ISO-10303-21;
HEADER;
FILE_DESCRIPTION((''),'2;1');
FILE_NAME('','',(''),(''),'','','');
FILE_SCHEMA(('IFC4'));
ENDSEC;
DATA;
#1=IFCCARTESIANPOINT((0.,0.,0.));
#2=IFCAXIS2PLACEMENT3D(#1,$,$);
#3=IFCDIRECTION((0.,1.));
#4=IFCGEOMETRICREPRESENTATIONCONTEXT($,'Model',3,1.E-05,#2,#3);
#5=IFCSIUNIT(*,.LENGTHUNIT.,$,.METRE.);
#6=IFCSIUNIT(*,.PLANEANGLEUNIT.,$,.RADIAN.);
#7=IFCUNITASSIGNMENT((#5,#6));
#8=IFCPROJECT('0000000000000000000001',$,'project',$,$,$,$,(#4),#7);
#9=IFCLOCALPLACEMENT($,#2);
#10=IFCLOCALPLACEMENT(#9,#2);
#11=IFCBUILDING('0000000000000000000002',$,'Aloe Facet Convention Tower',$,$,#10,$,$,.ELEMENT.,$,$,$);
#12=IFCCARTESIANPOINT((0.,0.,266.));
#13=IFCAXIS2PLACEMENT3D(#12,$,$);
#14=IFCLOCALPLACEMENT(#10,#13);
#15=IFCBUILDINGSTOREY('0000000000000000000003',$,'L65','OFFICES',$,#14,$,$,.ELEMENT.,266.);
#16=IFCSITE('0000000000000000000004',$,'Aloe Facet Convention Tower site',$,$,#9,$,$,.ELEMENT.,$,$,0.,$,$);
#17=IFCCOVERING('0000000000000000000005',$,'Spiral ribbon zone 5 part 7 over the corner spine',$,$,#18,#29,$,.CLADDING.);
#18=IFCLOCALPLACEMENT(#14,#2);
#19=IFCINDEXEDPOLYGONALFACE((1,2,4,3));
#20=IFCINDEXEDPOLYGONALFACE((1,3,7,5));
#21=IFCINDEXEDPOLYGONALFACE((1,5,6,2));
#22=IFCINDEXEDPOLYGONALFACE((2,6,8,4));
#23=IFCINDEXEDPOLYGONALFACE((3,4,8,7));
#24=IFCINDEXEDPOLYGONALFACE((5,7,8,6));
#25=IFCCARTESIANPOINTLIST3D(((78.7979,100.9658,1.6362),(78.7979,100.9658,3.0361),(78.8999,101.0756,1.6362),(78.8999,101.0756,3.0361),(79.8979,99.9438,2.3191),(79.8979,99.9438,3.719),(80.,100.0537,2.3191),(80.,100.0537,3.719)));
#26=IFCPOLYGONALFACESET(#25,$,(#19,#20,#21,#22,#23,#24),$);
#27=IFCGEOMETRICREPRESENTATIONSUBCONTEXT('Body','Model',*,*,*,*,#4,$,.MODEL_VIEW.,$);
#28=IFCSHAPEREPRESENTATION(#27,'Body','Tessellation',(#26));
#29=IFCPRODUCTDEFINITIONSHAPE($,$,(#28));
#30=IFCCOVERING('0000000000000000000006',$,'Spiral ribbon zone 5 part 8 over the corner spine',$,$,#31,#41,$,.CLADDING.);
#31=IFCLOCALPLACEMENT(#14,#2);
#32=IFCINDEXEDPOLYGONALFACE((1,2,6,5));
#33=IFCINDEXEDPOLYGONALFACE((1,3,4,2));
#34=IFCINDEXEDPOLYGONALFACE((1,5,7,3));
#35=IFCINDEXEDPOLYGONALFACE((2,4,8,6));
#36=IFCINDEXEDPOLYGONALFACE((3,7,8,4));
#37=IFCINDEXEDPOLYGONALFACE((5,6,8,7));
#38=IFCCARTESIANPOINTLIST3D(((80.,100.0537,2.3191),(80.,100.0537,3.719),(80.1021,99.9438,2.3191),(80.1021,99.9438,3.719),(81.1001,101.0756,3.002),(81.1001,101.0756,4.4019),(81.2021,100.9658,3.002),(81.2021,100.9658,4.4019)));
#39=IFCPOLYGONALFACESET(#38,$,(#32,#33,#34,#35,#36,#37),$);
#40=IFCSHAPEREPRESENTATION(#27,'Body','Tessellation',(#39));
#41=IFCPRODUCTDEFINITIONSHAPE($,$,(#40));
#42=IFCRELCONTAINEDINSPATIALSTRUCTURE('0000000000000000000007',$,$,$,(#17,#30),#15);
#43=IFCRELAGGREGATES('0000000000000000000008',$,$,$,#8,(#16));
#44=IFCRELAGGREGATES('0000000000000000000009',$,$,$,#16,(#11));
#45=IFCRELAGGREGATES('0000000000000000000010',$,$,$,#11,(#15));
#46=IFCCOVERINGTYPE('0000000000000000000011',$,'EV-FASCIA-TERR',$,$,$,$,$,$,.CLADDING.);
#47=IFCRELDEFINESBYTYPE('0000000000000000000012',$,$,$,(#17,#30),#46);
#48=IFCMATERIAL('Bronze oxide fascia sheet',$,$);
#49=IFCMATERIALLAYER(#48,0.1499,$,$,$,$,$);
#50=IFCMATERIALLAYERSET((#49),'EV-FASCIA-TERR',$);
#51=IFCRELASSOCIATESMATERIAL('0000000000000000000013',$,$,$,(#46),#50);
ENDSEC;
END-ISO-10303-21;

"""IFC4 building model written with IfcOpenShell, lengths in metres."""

from ifc_helpers import new_model, si_unit, direction, frame, origin, place, context, subcontext, project, spatial, polyline, outline, extrude, material, layer, layer_set, type_object, element, save


model = new_model("IFC4")

# Units and contexts
model_context = context("Model", 3, precision=1e-05, world=origin(), true_north=direction((0.0, 1.0)))
body_context = subcontext(model_context, "Body", "Model", "MODEL_VIEW")
ifc_project = project(units=[si_unit("LENGTHUNIT", "METRE"), si_unit("PLANEANGLEUNIT", "RADIAN")], contexts=[model_context])

# Site, building, storey
site_placement = place(None, origin())
site = spatial("IfcSite", under=ifc_project, at=site_placement, Name="Aloe Facet Convention Tower site", CompositionType="ELEMENT", RefElevation=0.0)
building_placement = place(site_placement, origin())
building = spatial("IfcBuilding", under=site, at=building_placement, Name="Aloe Facet Convention Tower", CompositionType="ELEMENT")
storey_placement = place(building_placement, frame((0.0, 0.0, 266.0)))
storey = spatial("IfcBuildingStorey", under=building, at=storey_placement, Name="L65", Description="OFFICES", CompositionType="ELEMENT", Elevation=266.0)

# Coverings
ifc_material_1 = material(Name="Bronze oxide fascia sheet")
ifc_layer_1 = layer(ifc_material_1, 0.1499)
ifc_layer_set_1 = layer_set([ifc_layer_1], Name="EV-FASCIA-TERR")
covering_type = type_object("IfcCoveringType", Name="EV-FASCIA-TERR", PredefinedType="CLADDING", material=ifc_layer_set_1)
for number, where, z_axis, x_axis, name in (
    (1, (78.7979, 100.9658, 1.6362), (-0.680613, -0.732643, 0.0), (0.666917, -0.619555, 0.413974), "Spiral ribbon zone 5 part 7 over the corner spine"),
    (2, (80.1021, 99.9438, 2.3191), (0.680613, -0.732643, 0.0), (0.666917, 0.619555, 0.413974), "Spiral ribbon zone 5 part 8 over the corner spine"),
):
    element("IfcCovering", number, at=place(storey_placement, frame(where, z_axis=z_axis, x_axis=x_axis)), inside=storey, type_object=covering_type, Name=name, PredefinedType="CLADDING", context=body_context, shape_type="SweptSolid", body=[
        extrude(outline(polyline([(0.0, 0.0), (1.6495, 0.0), (2.2291, 1.2743), (0.5795, 1.2743), (0.0, 0.0)])), origin(), (0.0, 0.0, -1.0), 0.1499),
    ])

save(model, "model.ifc")
